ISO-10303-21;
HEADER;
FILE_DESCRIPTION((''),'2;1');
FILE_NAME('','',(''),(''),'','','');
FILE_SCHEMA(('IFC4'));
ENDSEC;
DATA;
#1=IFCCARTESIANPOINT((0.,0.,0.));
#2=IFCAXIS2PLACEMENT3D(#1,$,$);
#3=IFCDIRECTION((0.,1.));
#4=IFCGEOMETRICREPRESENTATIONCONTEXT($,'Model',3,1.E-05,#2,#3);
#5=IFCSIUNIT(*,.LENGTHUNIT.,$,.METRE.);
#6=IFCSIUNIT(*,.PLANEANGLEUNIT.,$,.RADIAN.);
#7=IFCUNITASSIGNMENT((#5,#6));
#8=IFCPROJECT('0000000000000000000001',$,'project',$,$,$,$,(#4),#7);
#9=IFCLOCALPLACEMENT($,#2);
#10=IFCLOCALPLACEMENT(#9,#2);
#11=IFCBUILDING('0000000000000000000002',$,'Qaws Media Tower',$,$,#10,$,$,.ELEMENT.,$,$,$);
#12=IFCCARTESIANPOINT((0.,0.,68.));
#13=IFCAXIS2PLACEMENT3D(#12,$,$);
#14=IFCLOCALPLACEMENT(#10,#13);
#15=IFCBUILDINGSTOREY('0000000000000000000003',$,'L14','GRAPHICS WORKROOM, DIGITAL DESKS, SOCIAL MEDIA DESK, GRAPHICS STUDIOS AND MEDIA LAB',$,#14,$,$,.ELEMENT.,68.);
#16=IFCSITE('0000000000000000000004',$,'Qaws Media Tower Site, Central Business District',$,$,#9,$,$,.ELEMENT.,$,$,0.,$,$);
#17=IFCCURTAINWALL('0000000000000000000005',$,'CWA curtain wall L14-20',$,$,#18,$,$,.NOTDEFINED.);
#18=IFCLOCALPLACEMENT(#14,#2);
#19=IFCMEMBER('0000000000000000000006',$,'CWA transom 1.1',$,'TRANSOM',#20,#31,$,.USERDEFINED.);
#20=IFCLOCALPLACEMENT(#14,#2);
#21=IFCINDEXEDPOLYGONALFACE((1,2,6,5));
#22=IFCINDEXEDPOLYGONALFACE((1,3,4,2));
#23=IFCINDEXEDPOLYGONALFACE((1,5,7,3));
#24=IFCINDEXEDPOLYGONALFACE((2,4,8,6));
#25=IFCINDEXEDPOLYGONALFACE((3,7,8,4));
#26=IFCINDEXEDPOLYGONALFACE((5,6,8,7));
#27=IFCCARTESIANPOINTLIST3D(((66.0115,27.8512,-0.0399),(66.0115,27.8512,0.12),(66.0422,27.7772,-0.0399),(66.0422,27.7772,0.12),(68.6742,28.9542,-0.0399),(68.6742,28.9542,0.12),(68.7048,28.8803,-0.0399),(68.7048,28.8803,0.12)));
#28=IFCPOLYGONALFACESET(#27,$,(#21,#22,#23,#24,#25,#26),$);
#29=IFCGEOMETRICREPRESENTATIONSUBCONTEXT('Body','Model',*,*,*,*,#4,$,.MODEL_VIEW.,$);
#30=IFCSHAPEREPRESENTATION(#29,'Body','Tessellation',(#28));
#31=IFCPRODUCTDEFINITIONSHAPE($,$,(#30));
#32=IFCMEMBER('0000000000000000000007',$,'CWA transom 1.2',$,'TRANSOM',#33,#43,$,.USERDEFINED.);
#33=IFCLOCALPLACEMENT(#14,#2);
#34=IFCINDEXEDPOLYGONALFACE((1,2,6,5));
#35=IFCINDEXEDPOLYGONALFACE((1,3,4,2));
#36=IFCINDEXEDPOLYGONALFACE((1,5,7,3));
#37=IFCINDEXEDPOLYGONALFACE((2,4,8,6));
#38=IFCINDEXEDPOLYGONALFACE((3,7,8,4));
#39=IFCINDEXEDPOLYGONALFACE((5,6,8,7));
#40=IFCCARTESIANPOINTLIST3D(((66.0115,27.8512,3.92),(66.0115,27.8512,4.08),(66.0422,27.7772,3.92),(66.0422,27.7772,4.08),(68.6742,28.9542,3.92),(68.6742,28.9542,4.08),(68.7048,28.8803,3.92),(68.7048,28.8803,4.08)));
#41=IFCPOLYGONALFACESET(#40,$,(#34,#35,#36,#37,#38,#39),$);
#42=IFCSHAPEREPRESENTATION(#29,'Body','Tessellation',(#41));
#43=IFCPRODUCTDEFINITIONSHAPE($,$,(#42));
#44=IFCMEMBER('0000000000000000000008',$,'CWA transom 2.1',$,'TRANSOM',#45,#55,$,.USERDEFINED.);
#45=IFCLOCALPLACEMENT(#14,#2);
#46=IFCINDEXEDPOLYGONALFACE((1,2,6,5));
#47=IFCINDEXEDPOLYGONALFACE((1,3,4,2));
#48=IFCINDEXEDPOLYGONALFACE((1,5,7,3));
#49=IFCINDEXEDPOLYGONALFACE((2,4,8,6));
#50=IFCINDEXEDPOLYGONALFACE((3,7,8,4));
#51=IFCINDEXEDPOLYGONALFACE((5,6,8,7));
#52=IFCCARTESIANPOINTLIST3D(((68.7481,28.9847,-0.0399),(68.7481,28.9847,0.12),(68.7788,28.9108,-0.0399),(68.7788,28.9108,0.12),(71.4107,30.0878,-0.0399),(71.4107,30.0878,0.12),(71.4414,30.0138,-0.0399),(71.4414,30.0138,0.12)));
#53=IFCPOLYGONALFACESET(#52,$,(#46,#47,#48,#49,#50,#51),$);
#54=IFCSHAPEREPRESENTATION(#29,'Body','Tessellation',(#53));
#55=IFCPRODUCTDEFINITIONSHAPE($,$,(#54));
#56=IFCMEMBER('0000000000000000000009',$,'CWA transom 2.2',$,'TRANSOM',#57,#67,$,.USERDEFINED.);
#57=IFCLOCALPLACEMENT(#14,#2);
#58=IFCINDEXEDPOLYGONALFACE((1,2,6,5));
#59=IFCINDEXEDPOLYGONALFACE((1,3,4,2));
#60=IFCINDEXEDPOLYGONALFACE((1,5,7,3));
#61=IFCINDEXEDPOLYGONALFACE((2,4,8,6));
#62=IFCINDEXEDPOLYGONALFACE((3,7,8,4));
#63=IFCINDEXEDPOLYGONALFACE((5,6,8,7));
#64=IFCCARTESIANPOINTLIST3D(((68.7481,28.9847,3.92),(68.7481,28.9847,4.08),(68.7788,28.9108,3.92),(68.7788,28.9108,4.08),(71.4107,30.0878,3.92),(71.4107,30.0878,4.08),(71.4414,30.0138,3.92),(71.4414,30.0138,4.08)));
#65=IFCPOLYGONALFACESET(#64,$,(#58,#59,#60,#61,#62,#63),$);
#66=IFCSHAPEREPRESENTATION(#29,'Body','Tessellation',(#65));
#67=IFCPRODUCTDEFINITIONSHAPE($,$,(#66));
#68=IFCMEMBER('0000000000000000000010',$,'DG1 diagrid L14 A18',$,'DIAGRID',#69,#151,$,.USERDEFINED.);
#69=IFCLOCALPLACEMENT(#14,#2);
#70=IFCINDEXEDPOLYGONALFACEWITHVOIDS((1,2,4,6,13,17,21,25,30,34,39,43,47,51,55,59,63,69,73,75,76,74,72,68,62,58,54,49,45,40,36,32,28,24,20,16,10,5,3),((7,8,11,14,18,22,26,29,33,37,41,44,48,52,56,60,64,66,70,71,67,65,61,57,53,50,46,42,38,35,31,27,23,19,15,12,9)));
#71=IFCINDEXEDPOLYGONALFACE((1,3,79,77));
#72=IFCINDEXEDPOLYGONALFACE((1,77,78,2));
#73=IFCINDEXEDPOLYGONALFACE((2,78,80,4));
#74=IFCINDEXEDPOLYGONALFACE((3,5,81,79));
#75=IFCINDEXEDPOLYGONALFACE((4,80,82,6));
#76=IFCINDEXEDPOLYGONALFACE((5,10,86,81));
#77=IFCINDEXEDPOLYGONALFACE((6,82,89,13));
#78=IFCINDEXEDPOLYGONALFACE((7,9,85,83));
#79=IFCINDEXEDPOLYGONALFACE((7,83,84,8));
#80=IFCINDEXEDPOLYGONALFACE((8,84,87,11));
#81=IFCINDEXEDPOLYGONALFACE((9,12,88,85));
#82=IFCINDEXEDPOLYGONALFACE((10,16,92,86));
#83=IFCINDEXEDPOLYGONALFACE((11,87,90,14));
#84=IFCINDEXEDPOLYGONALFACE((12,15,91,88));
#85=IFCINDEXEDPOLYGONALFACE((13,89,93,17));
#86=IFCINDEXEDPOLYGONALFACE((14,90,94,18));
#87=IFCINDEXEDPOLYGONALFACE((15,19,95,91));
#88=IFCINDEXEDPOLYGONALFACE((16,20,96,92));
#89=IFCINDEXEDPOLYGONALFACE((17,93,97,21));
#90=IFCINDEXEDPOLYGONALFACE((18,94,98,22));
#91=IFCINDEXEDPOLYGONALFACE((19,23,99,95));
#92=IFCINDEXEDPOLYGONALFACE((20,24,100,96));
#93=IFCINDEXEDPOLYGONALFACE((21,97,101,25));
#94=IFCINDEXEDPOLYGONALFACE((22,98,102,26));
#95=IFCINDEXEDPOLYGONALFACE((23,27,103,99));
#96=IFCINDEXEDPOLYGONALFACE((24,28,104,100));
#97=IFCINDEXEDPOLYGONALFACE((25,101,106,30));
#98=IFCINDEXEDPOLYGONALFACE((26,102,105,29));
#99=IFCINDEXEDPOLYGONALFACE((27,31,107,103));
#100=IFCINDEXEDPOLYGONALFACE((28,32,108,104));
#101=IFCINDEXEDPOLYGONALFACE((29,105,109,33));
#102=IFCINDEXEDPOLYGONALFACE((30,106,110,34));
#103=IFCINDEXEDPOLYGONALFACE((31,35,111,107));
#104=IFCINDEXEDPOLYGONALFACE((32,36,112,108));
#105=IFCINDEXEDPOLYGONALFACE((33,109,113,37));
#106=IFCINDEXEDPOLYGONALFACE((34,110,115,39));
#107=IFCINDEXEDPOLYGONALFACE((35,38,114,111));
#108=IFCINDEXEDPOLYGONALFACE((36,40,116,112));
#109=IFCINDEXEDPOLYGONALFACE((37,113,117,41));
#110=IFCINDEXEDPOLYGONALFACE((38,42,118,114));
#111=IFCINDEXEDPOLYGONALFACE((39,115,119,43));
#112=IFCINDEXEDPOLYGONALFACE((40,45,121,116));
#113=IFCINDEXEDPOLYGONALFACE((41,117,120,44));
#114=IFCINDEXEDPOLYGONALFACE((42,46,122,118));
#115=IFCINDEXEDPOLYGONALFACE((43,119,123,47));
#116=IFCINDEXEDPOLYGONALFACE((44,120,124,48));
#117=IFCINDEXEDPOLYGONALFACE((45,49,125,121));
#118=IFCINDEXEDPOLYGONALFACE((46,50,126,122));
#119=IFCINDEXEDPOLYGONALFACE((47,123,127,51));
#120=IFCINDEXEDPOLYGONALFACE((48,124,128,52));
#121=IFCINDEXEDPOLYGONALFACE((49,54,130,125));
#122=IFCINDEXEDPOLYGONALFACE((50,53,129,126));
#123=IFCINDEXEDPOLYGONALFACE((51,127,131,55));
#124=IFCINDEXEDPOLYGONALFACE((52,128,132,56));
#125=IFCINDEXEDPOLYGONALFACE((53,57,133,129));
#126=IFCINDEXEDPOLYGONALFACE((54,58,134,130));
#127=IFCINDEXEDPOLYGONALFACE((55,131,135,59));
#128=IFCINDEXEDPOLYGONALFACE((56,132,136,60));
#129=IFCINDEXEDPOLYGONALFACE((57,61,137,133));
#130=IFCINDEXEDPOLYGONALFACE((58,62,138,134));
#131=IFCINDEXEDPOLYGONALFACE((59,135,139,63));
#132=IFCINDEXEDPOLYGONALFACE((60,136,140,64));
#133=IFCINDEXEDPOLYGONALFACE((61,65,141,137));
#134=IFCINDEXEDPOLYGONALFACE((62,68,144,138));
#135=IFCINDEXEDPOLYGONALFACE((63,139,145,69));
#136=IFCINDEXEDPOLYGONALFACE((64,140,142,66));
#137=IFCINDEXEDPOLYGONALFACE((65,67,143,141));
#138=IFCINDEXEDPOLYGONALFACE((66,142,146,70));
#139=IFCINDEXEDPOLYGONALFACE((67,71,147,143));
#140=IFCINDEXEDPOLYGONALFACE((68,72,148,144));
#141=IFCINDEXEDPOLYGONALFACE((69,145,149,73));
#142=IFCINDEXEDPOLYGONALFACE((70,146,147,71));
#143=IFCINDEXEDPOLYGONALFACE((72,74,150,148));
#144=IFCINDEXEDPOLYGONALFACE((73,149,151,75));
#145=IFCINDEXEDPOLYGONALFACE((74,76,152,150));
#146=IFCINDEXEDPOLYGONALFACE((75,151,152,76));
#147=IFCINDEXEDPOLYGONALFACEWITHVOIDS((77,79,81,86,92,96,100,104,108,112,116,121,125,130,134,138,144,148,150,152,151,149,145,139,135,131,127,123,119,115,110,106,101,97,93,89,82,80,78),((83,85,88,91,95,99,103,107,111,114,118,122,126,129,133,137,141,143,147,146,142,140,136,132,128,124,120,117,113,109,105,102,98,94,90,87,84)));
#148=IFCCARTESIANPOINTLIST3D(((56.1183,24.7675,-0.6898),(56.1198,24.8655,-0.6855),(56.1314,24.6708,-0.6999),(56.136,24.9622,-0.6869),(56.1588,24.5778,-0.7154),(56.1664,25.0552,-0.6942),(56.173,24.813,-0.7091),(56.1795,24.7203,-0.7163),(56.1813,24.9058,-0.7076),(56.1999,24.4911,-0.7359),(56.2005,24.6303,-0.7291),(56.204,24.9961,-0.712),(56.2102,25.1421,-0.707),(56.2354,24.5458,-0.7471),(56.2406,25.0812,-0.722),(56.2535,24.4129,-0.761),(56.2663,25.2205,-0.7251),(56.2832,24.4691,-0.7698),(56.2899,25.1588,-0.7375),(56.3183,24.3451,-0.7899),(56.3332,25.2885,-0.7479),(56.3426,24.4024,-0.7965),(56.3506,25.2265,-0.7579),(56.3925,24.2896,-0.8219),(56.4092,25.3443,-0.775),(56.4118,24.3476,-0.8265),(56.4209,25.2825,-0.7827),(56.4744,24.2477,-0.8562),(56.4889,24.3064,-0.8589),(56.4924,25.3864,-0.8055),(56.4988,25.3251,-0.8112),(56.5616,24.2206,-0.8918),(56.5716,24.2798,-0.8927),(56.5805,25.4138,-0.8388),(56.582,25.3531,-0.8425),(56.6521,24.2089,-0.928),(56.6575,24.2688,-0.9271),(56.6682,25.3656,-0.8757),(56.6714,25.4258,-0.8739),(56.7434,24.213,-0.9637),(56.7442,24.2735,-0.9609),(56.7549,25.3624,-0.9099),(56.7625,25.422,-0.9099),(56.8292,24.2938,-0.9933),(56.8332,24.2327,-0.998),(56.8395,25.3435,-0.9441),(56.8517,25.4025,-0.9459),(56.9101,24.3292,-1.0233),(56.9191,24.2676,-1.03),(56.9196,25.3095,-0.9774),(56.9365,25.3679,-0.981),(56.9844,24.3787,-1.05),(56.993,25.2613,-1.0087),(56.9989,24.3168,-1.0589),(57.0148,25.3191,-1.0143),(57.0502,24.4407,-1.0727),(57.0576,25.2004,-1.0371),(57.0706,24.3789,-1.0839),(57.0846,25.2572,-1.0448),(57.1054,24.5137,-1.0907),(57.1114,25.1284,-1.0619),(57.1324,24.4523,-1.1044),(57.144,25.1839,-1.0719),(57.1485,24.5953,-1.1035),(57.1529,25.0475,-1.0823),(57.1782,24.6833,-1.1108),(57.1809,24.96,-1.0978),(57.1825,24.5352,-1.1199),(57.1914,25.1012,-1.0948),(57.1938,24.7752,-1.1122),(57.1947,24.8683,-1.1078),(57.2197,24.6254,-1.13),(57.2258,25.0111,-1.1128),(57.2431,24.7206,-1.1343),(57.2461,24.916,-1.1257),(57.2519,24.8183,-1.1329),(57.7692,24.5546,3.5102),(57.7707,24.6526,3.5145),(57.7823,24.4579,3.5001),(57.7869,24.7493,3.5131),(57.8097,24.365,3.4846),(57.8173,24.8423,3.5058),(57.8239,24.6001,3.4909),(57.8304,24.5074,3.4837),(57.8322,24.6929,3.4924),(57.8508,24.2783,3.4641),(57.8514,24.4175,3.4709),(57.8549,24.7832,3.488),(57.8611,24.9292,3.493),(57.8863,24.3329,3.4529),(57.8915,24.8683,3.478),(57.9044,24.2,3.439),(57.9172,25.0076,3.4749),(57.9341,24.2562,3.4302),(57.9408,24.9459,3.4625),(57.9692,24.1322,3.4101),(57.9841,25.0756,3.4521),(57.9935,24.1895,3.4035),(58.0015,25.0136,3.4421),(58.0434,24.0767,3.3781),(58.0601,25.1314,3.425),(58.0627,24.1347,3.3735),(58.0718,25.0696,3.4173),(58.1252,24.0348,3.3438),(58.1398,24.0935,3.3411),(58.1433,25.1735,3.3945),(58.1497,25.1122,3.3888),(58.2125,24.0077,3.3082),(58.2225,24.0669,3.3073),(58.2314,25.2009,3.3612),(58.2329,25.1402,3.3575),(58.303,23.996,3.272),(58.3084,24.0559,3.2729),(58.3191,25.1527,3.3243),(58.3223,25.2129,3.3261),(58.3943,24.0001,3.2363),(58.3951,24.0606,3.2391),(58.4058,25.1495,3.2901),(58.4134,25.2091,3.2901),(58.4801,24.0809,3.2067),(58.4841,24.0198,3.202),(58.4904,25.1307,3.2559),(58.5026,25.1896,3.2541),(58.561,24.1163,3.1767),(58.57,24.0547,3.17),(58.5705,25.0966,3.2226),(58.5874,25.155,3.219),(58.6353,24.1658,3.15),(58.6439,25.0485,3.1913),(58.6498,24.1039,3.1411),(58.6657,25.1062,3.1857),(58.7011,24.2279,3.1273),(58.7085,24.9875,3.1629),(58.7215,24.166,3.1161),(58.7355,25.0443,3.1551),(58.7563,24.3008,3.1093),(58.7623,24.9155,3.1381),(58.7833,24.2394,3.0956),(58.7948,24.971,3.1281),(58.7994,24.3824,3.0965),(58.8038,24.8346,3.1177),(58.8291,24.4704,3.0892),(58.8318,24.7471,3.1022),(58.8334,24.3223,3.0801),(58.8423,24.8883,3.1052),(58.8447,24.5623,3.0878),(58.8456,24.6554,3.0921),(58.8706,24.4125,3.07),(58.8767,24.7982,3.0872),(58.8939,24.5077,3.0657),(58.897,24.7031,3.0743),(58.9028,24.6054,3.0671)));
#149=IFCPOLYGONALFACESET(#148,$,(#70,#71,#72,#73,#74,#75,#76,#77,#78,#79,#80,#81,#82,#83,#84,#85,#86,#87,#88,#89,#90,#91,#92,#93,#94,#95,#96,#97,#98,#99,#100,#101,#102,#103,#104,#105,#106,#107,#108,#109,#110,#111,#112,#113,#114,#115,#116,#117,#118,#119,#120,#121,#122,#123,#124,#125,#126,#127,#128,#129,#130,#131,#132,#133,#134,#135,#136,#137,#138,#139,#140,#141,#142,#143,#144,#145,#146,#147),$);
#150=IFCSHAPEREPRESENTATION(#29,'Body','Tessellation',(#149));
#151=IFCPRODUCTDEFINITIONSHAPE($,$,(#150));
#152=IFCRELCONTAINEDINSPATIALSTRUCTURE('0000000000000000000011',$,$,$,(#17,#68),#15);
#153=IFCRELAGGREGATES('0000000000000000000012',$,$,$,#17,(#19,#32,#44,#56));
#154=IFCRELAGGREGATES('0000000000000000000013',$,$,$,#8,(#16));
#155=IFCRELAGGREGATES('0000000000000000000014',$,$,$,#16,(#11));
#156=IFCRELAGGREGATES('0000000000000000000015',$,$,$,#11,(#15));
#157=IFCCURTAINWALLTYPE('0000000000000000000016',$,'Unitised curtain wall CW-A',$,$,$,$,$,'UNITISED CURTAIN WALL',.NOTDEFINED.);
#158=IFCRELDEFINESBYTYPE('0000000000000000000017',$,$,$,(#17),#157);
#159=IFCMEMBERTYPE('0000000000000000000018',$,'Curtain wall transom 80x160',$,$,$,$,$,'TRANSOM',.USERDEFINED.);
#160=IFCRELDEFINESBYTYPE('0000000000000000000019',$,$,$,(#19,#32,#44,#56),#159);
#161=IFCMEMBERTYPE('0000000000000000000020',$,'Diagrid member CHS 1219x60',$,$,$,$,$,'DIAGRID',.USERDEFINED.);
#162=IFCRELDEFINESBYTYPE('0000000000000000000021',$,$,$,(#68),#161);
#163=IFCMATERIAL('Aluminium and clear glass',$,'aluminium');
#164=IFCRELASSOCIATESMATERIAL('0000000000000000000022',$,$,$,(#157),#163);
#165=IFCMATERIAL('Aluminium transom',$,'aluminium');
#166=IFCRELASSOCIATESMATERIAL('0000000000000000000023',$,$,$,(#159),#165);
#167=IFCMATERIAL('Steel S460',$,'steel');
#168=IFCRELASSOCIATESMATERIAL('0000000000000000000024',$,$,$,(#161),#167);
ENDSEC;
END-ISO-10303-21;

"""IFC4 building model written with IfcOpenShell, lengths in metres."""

from ifc_helpers import new_model, si_unit, direction, frame, origin, origin_2d, place, context, subcontext, project, spatial, rectangle, hollow_circle, extrude, material, material_profile, profile_set, type_object, element, aggregate, save


model = new_model("IFC4")

# Units and contexts
model_context = context("Model", 3, precision=1e-05, world=origin(), true_north=direction((0.0, 1.0)))
body_context = subcontext(model_context, "Body", "Model", "MODEL_VIEW")
ifc_project = project(units=[si_unit("LENGTHUNIT", "METRE"), si_unit("PLANEANGLEUNIT", "RADIAN")], contexts=[model_context])

# Site, building, storey
site_placement = place(None, origin())
site = spatial("IfcSite", under=ifc_project, at=site_placement, Name="Qaws Media Tower Site, Central Business District", CompositionType="ELEMENT", RefElevation=0.0)
building_placement = place(site_placement, origin())
building = spatial("IfcBuilding", under=site, at=building_placement, Name="Qaws Media Tower", CompositionType="ELEMENT")
storey_placement = place(building_placement, frame((0.0, 0.0, 68.0)))
storey = spatial("IfcBuildingStorey", under=building, at=storey_placement, Name="L14", Description="GRAPHICS WORKROOM, DIGITAL DESKS, SOCIAL MEDIA DESK, GRAPHICS STUDIOS AND MEDIA LAB", CompositionType="ELEMENT", Elevation=68.0)

# Curtain wall
ifc_material_1 = material(Name="Aluminium and clear glass", Category="aluminium")
curtain_wall_type = type_object("IfcCurtainWallType", Name="Unitised curtain wall CW-A", ElementType="UNITISED CURTAIN WALL", PredefinedType="NOTDEFINED", material=ifc_material_1)
curtain_wall_1_placement = place(storey_placement, origin())
curtain_wall_1 = element("IfcCurtainWall", 1, at=curtain_wall_1_placement, inside=storey, type_object=curtain_wall_type, Name="CWA curtain wall L14-20", PredefinedType="NOTDEFINED")

# Members
ifc_material_2 = material(Name="Aluminium transom", Category="aluminium")
ifc_material_profile_1 = material_profile(ifc_material_2, rectangle(XDim=0.0801, YDim=0.1599, at=origin_2d()), Name="80x160")
ifc_profile_set_1 = profile_set([ifc_material_profile_1], Name="Aluminium transom")
member_type_1 = type_object("IfcMemberType", Name="Curtain wall transom 80x160", ElementType="TRANSOM", PredefinedType="USERDEFINED", material=ifc_profile_set_1)
member_1_placement = place(storey_placement, frame((66.0269, 27.8142, 0.04), z_axis=(0.923862, 0.382726, 0.0), x_axis=(-0.382726, 0.923862, 0.0)))
member_1 = element("IfcMember", 2, at=member_1_placement, type_object=member_type_1, Name="CWA transom 1.1", ObjectType="TRANSOM", PredefinedType="USERDEFINED", context=body_context, shape_type="SweptSolid", body=[
    extrude(rectangle(XDim=0.0801, YDim=0.1599, at=origin_2d()), origin(), (0.0, 0.0, 1.0), 2.8821),
])
member_2_placement = place(storey_placement, frame((66.0269, 27.8142, 4.0), z_axis=(0.923862, 0.382726, 0.0), x_axis=(-0.382726, 0.923862, 0.0)))
member_2 = element("IfcMember", 3, at=member_2_placement, type_object=member_type_1, Name="CWA transom 1.2", ObjectType="TRANSOM", PredefinedType="USERDEFINED", context=body_context, shape_type="SweptSolid", body=[
    extrude(rectangle(XDim=0.0801, YDim=0.1599, at=origin_2d()), origin(), (0.0, 0.0, 1.0), 2.8821),
])
member_3_placement = place(storey_placement, frame((68.7634, 28.9478, 0.04), z_axis=(0.923862, 0.382726, 0.0), x_axis=(-0.382726, 0.923862, 0.0)))
member_3 = element("IfcMember", 4, at=member_3_placement, type_object=member_type_1, Name="CWA transom 2.1", ObjectType="TRANSOM", PredefinedType="USERDEFINED", context=body_context, shape_type="SweptSolid", body=[
    extrude(rectangle(XDim=0.0801, YDim=0.1599, at=origin_2d()), origin(), (0.0, 0.0, 1.0), 2.8821),
])
member_4_placement = place(storey_placement, frame((68.7634, 28.9478, 4.0), z_axis=(0.923862, 0.382726, 0.0), x_axis=(-0.382726, 0.923862, 0.0)))
member_4 = element("IfcMember", 5, at=member_4_placement, type_object=member_type_1, Name="CWA transom 2.2", ObjectType="TRANSOM", PredefinedType="USERDEFINED", context=body_context, shape_type="SweptSolid", body=[
    extrude(rectangle(XDim=0.0801, YDim=0.1599, at=origin_2d()), origin(), (0.0, 0.0, 1.0), 2.8821),
])

# Member
ifc_material_3 = material(Name="Steel S460", Category="steel")
ifc_material_profile_2 = material_profile(ifc_material_3, hollow_circle(Radius=0.6096, WallThickness=0.0601, at=origin_2d()), Name="CHS 1219x60")
ifc_profile_set_2 = profile_set([ifc_material_profile_2], Name="Steel S460")
member_type_2 = type_object("IfcMemberType", Name="Diagrid member CHS 1219x60", ElementType="DIAGRID", PredefinedType="USERDEFINED", material=ifc_profile_set_2)
for number, where, z_axis, x_axis, name in (
    (6, (56.6846, 24.8174, -0.9099), (0.365418, -0.047123, 0.92965), (0.127897, 0.991787, 0.0), "DG1 diagrid L14 A18"),
):
    element("IfcMember", number, at=place(storey_placement, frame(where, z_axis=z_axis, x_axis=x_axis)), inside=storey, type_object=member_type_2, Name=name, ObjectType="DIAGRID", PredefinedType="USERDEFINED", context=body_context, shape_type="SweptSolid", body=[
        extrude(hollow_circle(Radius=0.6096, WallThickness=0.0601, at=origin_2d()), origin(), (0.0, 0.0, 1.0), 4.5178),
    ])

aggregate(curtain_wall_1, [member_1, member_2, member_3, member_4])

save(model, "model.ifc")
